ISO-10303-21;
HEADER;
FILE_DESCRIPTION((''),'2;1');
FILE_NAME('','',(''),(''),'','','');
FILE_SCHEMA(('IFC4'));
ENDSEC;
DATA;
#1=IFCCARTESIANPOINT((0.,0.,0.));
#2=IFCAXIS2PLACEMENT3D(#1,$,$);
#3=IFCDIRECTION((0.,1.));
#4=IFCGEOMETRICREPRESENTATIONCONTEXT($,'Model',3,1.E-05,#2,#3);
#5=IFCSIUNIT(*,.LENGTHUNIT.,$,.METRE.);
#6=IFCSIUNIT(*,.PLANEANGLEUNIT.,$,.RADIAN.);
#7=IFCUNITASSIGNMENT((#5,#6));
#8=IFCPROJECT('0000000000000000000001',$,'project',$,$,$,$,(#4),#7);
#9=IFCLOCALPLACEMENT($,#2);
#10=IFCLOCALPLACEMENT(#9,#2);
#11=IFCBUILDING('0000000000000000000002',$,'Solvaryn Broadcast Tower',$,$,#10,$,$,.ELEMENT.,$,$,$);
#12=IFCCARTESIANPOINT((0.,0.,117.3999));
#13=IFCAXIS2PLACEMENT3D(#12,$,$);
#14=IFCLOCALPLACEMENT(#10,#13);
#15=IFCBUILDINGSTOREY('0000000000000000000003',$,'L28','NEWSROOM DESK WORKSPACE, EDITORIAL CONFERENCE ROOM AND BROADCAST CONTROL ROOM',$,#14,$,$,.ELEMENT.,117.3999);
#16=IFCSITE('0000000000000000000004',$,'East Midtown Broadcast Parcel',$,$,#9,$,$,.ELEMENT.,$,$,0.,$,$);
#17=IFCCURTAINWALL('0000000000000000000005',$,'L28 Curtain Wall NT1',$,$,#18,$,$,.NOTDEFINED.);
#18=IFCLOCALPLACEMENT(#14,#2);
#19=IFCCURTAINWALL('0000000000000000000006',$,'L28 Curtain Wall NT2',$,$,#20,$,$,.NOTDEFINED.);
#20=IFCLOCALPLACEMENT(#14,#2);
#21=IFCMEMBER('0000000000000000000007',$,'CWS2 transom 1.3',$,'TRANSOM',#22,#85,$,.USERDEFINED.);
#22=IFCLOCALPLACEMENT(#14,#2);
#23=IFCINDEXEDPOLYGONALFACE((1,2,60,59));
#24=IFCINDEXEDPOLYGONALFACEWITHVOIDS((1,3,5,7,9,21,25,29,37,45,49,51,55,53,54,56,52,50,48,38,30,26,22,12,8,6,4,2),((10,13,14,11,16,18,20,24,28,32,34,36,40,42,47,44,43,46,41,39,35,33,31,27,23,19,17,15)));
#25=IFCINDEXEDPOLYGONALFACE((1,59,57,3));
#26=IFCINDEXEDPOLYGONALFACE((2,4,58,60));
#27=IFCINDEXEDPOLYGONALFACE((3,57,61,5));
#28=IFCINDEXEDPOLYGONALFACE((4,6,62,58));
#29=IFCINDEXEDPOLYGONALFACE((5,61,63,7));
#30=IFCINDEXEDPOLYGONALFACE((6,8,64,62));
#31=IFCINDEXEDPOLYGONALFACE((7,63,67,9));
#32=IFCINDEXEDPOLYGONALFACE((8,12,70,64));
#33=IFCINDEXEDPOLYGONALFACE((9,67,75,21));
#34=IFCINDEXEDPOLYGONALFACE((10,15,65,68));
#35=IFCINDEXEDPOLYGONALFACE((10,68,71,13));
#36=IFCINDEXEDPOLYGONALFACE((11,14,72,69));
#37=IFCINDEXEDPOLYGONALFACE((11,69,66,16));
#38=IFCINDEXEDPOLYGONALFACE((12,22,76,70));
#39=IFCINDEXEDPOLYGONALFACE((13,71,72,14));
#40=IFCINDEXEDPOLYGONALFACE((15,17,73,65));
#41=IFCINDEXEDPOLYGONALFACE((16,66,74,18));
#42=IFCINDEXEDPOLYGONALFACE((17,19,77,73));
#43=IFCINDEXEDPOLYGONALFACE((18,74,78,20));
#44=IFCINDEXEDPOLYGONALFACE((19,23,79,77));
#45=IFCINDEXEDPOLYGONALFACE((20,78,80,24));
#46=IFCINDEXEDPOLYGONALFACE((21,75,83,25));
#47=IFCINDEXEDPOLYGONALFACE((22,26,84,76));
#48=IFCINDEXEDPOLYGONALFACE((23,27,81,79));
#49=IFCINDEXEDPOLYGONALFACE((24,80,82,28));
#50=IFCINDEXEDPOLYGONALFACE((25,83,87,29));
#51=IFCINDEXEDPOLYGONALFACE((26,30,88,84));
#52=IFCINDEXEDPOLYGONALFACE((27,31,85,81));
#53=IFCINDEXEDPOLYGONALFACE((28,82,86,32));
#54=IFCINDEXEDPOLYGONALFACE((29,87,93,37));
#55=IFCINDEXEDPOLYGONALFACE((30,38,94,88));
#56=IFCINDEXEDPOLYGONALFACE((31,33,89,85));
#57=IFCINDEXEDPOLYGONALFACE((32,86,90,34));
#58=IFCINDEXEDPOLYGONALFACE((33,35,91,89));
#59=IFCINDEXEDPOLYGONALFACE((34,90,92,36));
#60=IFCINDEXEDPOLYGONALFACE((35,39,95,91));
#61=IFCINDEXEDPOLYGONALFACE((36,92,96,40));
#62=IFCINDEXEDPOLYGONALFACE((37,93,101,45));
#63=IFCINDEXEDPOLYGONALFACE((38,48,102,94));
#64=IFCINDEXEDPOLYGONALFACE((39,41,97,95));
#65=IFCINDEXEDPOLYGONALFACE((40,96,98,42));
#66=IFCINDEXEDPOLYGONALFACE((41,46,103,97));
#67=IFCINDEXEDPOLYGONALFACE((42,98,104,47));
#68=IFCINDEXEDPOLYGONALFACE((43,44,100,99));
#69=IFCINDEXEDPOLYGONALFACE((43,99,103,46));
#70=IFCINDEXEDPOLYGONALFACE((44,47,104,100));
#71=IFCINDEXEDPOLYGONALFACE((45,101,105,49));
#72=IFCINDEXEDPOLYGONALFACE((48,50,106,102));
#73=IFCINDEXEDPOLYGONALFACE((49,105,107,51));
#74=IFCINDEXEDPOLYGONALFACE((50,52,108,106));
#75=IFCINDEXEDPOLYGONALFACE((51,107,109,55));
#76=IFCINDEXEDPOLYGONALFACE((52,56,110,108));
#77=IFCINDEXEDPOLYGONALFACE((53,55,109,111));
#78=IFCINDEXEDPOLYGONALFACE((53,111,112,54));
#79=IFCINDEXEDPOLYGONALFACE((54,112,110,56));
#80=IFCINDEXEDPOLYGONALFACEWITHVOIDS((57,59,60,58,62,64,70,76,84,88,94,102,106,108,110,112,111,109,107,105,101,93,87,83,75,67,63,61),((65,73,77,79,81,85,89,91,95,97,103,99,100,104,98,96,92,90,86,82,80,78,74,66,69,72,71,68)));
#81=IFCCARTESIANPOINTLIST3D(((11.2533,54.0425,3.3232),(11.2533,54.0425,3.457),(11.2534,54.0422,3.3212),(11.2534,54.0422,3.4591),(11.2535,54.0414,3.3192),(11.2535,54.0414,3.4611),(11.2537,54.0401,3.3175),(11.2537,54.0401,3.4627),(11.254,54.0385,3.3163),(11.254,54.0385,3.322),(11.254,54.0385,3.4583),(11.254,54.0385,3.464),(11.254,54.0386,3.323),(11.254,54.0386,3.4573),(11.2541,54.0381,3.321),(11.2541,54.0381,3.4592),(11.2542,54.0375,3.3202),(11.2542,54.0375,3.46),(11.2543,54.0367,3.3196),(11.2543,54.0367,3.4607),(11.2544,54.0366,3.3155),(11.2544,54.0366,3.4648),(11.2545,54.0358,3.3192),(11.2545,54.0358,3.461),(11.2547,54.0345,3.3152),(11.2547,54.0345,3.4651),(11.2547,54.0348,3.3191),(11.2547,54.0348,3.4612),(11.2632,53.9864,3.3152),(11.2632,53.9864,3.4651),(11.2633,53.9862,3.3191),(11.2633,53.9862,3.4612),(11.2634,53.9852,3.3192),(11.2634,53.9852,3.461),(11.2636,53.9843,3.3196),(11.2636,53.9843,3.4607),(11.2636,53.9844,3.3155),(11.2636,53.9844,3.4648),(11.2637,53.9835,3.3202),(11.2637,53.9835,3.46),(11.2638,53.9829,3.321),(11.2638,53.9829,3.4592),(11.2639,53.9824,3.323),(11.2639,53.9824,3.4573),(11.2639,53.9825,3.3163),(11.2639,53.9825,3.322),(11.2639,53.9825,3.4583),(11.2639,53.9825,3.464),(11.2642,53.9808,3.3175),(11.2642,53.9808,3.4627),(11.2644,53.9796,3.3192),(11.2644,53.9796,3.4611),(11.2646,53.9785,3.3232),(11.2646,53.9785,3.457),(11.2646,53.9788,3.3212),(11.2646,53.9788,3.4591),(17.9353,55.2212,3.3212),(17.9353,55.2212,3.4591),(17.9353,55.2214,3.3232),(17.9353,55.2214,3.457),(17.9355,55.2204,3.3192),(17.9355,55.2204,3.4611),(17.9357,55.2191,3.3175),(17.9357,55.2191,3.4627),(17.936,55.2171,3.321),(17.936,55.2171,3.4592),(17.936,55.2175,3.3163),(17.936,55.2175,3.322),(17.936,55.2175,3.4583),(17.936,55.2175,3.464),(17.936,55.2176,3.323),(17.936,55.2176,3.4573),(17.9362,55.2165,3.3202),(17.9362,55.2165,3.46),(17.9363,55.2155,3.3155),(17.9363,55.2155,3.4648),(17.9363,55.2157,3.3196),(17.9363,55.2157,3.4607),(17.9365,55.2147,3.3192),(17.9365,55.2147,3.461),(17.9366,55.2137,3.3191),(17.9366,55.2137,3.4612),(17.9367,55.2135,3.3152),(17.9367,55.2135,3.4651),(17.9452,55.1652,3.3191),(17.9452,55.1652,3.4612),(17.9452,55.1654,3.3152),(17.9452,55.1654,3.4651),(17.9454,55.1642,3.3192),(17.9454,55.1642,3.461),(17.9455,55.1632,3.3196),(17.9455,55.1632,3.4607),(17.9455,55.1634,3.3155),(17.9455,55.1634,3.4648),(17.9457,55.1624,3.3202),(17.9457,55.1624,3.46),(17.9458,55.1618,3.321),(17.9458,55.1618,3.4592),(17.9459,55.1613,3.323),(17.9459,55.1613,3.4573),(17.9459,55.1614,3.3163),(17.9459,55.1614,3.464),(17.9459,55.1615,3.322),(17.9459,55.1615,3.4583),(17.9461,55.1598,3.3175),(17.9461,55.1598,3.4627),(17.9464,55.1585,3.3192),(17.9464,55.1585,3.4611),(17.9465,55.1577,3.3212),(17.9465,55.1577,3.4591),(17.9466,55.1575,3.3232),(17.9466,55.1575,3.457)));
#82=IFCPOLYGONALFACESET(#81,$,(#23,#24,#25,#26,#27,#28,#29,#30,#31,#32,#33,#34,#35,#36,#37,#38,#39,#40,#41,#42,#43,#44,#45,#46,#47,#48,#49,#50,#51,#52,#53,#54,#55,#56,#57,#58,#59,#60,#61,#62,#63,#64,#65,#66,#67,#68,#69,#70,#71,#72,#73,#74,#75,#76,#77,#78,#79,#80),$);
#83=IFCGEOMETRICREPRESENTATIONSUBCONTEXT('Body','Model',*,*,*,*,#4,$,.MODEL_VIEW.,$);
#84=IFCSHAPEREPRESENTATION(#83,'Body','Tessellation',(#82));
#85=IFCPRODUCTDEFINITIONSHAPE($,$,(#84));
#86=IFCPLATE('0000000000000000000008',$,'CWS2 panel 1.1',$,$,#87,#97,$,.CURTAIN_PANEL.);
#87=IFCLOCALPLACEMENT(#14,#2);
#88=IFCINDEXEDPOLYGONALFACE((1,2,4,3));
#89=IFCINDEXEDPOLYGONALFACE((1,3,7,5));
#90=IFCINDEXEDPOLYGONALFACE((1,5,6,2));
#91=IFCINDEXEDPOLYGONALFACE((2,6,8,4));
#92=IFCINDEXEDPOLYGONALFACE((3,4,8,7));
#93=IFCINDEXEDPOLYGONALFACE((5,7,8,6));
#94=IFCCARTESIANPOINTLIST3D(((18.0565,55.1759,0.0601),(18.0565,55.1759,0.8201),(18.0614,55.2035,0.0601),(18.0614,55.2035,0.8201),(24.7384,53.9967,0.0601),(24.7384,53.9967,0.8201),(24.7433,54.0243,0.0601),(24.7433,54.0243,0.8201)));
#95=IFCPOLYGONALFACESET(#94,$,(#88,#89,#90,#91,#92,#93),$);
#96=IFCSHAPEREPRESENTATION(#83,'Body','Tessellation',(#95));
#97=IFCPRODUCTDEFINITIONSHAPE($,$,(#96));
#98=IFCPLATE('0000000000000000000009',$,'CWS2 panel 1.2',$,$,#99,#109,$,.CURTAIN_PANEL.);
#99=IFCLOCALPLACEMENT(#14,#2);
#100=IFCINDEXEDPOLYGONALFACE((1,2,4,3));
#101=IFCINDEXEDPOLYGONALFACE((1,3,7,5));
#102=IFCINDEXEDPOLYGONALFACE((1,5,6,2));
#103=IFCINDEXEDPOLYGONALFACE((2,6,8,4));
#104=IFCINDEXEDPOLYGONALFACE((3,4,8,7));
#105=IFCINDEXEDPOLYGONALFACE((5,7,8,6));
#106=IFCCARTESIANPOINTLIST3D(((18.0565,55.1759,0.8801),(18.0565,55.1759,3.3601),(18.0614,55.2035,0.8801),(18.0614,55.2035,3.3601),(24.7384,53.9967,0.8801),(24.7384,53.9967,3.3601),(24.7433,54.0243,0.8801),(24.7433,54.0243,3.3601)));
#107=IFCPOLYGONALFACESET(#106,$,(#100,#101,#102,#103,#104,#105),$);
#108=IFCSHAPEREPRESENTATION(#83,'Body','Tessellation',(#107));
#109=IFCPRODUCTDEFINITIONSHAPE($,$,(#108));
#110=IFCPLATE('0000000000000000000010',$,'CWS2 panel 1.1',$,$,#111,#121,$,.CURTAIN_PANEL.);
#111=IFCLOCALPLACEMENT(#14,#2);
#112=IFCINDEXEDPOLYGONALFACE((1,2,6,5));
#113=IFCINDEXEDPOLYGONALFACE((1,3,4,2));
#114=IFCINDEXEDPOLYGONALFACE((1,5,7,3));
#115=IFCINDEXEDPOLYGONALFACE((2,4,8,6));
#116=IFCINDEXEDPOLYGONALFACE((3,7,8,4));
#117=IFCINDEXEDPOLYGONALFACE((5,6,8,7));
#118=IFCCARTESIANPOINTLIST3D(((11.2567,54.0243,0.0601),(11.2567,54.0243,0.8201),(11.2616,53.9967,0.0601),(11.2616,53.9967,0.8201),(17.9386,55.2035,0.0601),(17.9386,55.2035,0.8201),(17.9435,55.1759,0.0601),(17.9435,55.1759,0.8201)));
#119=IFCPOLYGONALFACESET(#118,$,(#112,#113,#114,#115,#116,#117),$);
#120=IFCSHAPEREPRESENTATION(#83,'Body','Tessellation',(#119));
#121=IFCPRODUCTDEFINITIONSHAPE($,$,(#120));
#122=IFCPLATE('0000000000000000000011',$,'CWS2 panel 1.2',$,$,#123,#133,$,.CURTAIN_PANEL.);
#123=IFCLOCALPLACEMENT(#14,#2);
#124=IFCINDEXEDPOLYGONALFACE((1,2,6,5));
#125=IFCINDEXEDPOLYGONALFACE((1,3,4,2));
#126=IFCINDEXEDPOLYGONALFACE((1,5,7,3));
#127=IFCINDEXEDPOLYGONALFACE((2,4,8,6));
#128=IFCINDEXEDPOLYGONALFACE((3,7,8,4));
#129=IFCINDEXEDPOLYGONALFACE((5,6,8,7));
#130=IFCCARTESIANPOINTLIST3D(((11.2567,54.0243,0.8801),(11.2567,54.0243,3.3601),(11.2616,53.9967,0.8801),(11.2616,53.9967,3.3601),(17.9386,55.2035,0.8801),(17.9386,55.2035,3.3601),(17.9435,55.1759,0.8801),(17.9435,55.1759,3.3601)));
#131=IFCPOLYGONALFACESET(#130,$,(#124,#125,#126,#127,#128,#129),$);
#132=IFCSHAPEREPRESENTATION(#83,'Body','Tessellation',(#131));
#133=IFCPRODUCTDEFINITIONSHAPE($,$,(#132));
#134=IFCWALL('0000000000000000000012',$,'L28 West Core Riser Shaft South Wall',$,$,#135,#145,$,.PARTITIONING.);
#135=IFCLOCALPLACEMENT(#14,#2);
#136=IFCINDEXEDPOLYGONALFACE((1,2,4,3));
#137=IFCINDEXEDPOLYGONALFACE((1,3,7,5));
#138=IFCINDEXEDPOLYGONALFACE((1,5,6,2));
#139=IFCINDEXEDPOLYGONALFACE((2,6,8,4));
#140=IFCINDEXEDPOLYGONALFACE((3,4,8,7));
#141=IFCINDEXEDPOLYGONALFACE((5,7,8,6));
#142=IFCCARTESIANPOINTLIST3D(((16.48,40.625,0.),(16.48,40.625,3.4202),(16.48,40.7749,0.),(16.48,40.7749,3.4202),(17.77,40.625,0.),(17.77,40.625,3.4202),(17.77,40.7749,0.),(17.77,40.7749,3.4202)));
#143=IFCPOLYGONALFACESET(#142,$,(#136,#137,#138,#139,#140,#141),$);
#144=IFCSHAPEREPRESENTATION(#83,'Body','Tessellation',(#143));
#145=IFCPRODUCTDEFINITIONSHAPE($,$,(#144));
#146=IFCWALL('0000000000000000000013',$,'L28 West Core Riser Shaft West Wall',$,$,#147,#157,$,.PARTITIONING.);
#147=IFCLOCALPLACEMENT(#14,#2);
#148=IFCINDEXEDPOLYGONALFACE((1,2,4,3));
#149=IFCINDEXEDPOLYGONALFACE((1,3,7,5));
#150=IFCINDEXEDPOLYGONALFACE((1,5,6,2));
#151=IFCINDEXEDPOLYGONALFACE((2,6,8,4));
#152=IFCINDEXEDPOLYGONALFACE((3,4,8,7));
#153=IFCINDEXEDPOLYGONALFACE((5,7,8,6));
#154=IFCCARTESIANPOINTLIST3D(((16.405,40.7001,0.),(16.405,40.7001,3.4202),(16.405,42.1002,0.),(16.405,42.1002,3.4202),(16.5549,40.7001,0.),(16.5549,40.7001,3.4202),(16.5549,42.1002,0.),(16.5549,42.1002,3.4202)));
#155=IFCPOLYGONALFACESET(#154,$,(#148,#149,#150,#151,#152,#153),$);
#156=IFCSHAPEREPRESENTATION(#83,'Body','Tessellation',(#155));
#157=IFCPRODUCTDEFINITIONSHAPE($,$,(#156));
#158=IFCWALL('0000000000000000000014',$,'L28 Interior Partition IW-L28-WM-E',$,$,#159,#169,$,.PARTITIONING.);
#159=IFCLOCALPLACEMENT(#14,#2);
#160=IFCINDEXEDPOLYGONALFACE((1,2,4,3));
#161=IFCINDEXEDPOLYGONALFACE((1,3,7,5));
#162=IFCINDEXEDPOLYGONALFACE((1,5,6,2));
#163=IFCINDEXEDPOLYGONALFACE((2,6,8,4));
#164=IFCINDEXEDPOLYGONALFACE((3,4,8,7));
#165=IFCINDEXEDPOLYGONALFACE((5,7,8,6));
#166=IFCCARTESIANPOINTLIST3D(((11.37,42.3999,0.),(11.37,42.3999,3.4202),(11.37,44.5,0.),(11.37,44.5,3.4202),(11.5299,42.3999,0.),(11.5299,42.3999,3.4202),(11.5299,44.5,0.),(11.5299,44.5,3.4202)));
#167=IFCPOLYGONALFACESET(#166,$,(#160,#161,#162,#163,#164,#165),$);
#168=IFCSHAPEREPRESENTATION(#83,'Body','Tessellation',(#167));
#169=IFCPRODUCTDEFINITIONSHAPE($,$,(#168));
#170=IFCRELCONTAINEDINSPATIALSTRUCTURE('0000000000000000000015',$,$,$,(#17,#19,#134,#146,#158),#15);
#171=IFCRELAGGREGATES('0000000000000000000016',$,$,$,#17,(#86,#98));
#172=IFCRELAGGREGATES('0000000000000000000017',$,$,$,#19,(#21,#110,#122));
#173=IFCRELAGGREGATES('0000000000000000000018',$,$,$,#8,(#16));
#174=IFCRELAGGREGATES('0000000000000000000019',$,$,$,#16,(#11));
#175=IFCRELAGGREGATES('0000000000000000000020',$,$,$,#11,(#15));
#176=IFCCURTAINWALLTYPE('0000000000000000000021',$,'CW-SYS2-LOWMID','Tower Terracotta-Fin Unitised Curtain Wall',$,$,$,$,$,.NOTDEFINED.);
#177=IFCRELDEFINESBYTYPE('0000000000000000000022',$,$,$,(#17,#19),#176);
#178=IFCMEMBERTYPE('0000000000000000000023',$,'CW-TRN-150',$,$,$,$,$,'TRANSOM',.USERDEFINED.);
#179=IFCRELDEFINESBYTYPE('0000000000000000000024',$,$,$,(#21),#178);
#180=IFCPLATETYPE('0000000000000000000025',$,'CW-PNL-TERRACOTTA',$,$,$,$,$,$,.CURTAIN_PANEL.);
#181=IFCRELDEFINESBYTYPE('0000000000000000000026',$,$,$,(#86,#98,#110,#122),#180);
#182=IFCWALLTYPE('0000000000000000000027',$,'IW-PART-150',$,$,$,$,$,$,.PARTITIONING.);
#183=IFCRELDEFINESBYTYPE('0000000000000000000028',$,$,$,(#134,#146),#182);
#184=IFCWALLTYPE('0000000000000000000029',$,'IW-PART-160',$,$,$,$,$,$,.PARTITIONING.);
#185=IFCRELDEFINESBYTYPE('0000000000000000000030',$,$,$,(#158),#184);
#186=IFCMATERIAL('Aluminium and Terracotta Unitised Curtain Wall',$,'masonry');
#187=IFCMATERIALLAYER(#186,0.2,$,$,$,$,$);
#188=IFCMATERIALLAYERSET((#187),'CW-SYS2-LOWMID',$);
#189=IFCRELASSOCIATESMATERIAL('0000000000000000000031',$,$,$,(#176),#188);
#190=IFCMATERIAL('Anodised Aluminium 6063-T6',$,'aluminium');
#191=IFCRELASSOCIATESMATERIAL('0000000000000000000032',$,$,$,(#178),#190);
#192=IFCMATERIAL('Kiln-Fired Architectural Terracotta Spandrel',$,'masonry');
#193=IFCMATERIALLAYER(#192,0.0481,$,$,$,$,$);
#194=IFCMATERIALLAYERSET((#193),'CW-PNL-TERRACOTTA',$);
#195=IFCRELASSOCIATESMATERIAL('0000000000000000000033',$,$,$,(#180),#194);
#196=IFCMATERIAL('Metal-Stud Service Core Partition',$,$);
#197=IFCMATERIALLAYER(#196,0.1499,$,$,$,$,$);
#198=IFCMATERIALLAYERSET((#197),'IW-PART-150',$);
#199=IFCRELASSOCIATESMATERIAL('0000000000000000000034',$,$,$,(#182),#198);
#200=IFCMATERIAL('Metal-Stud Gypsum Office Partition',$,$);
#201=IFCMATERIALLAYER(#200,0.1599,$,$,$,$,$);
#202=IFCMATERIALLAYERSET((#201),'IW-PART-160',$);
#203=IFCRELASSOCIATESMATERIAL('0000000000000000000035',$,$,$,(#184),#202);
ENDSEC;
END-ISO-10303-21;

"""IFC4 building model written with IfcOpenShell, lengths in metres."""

from ifc_helpers import new_model, si_unit, direction, frame, frame_2d, origin, origin_2d, place, context, subcontext, project, spatial, rectangle, hollow_rectangle, extrude, material, layer, layer_set, material_profile, profile_set, type_object, element, aggregate, save


model = new_model("IFC4")

# Units and contexts
model_context = context("Model", 3, precision=1e-05, world=origin(), true_north=direction((0.0, 1.0)))
body_context = subcontext(model_context, "Body", "Model", "MODEL_VIEW")
ifc_project = project(units=[si_unit("LENGTHUNIT", "METRE"), si_unit("PLANEANGLEUNIT", "RADIAN")], contexts=[model_context])

# Site, building, storey
site_placement = place(None, origin())
site = spatial("IfcSite", under=ifc_project, at=site_placement, Name="East Midtown Broadcast Parcel", CompositionType="ELEMENT", RefElevation=0.0)
building_placement = place(site_placement, origin())
building = spatial("IfcBuilding", under=site, at=building_placement, Name="Solvaryn Broadcast Tower", CompositionType="ELEMENT")
storey_placement = place(building_placement, frame((0.0, 0.0, 117.3999)))
storey = spatial("IfcBuildingStorey", under=building, at=storey_placement, Name="L28", Description="NEWSROOM DESK WORKSPACE, EDITORIAL CONFERENCE ROOM AND BROADCAST CONTROL ROOM", CompositionType="ELEMENT", Elevation=117.3999)

# Curtain wall
ifc_material_1 = material(Name="Aluminium and Terracotta Unitised Curtain Wall", Category="masonry")
ifc_layer_1 = layer(ifc_material_1, 0.2)
ifc_layer_set_1 = layer_set([ifc_layer_1], Name="CW-SYS2-LOWMID")
curtain_wall_type = type_object("IfcCurtainWallType", Name="CW-SYS2-LOWMID", Description="Tower Terracotta-Fin Unitised Curtain Wall", PredefinedType="NOTDEFINED", material=ifc_layer_set_1)
curtain_wall_1_placement = place(storey_placement, origin())
curtain_wall_1 = element("IfcCurtainWall", 1, at=curtain_wall_1_placement, inside=storey, type_object=curtain_wall_type, Name="L28 Curtain Wall NT1", PredefinedType="NOTDEFINED")

# Curtain wall, member
curtain_wall_2_placement = place(storey_placement, origin())
curtain_wall_2 = element("IfcCurtainWall", 2, at=curtain_wall_2_placement, inside=storey, type_object=curtain_wall_type, Name="L28 Curtain Wall NT2", PredefinedType="NOTDEFINED")
ifc_material_2 = material(Name="Anodised Aluminium 6063-T6", Category="aluminium")
ifc_material_profile_1 = material_profile(ifc_material_2, hollow_rectangle(XDim=0.0649, YDim=0.1499, WallThickness=0.0039, InnerFilletRadius=0.0039, OuterFilletRadius=0.0081, at=origin_2d()))
ifc_profile_set_1 = profile_set([ifc_material_profile_1], Name="Anodised Aluminium 6063-T6")
member_type_1 = type_object("IfcMemberType", Name="CW-TRN-150", ElementType="TRANSOM", PredefinedType="USERDEFINED", material=ifc_profile_set_1)
member_1_placement = place(storey_placement, frame((17.9409, 55.1895, 3.3901), z_axis=(-0.984789, -0.173757, 0.0), x_axis=(0.173757, -0.984789, 0.0)))
member_1 = element("IfcMember", 3, at=member_1_placement, type_object=member_type_1, Name="CWS2 transom 1.3", ObjectType="TRANSOM", PredefinedType="USERDEFINED", context=body_context, shape_type="SweptSolid", body=[
    extrude(hollow_rectangle(XDim=0.0649, YDim=0.1499, WallThickness=0.0039, InnerFilletRadius=0.0039, OuterFilletRadius=0.0081, at=origin_2d()), origin(), (0.0, 0.0, 1.0), 6.7852),
])

# Plates
ifc_material_3 = material(Name="Kiln-Fired Architectural Terracotta Spandrel", Category="masonry")
ifc_layer_2 = layer(ifc_material_3, 0.0481)
ifc_layer_set_2 = layer_set([ifc_layer_2], Name="CW-PNL-TERRACOTTA")
plate_type = type_object("IfcPlateType", Name="CW-PNL-TERRACOTTA", PredefinedType="CURTAIN_PANEL", material=ifc_layer_set_2)
plate_1_placement = place(storey_placement, frame((21.3999, 54.6001, 0.0601), z_axis=(0.0, 0.0, 1.0), x_axis=(-0.984784, 0.173785, 0.0)))
plate_1 = element("IfcPlate", 4, at=plate_1_placement, type_object=plate_type, Name="CWS2 panel 1.1", PredefinedType="CURTAIN_PANEL", context=body_context, shape_type="SweptSolid", body=[
    extrude(rectangle(XDim=6.7852, YDim=0.0281, at=origin_2d()), origin(), (0.0, 0.0, 1.0), 0.76),
])
plate_2_placement = place(storey_placement, frame((21.3999, 54.6001, 0.8801), z_axis=(0.0, 0.0, 1.0), x_axis=(-0.984784, 0.173785, 0.0)))
plate_2 = element("IfcPlate", 5, at=plate_2_placement, type_object=plate_type, Name="CWS2 panel 1.2", PredefinedType="CURTAIN_PANEL", context=body_context, shape_type="SweptSolid", body=[
    extrude(rectangle(XDim=6.7852, YDim=0.0281, at=origin_2d()), origin(), (0.0, 0.0, 1.0), 2.48),
])
aggregate(curtain_wall_1, [plate_1, plate_2])
plate_3_placement = place(storey_placement, frame((14.6001, 54.6001, 0.0601), z_axis=(0.0, 0.0, 1.0), x_axis=(-0.984784, -0.173785, 0.0)))
plate_3 = element("IfcPlate", 6, at=plate_3_placement, type_object=plate_type, Name="CWS2 panel 1.1", PredefinedType="CURTAIN_PANEL", context=body_context, shape_type="SweptSolid", body=[
    extrude(rectangle(XDim=6.7852, YDim=0.0281, at=origin_2d()), origin(), (0.0, 0.0, 1.0), 0.76),
])
plate_4_placement = place(storey_placement, frame((14.6001, 54.6001, 0.8801), z_axis=(0.0, 0.0, 1.0), x_axis=(-0.984784, -0.173785, 0.0)))
plate_4 = element("IfcPlate", 7, at=plate_4_placement, type_object=plate_type, Name="CWS2 panel 1.2", PredefinedType="CURTAIN_PANEL", context=body_context, shape_type="SweptSolid", body=[
    extrude(rectangle(XDim=6.7852, YDim=0.0281, at=origin_2d()), origin(), (0.0, 0.0, 1.0), 2.48),
])
aggregate(curtain_wall_2, [member_1, plate_3, plate_4])

# Walls
ifc_material_4 = material(Name="Metal-Stud Service Core Partition")
ifc_layer_3 = layer(ifc_material_4, 0.1499)
ifc_layer_set_3 = layer_set([ifc_layer_3], Name="IW-PART-150")
wall_type_1 = type_object("IfcWallType", Name="IW-PART-150", PredefinedType="PARTITIONING", material=ifc_layer_set_3)
wall_1_placement = place(storey_placement, frame((16.48, 40.7, 0.0), z_axis=(0.0, 0.0, 1.0), x_axis=(1.0, 0.0, 0.0)))
element("IfcWall", 8, at=wall_1_placement, inside=storey, type_object=wall_type_1, Name="L28 West Core Riser Shaft South Wall", PredefinedType="PARTITIONING", context=body_context, shape_type="SweptSolid", body=[
    extrude(rectangle(XDim=1.29, YDim=0.1499, at=frame_2d((0.645, 0.0))), origin(), (0.0, 0.0, 1.0), 3.4202),
])
wall_2_placement = place(storey_placement, frame((16.48, 40.7, 0.0), z_axis=(0.0, 0.0, 1.0), x_axis=(0.0, 1.0, 0.0)))
element("IfcWall", 9, at=wall_2_placement, inside=storey, type_object=wall_type_1, Name="L28 West Core Riser Shaft West Wall", PredefinedType="PARTITIONING", context=body_context, shape_type="SweptSolid", body=[
    extrude(rectangle(XDim=1.4001, YDim=0.1499, at=frame_2d((0.7002, 0.0))), origin(), (0.0, 0.0, 1.0), 3.4202),
])
ifc_material_5 = material(Name="Metal-Stud Gypsum Office Partition")
ifc_layer_4 = layer(ifc_material_5, 0.1599)
ifc_layer_set_4 = layer_set([ifc_layer_4], Name="IW-PART-160")
wall_type_2 = type_object("IfcWallType", Name="IW-PART-160", PredefinedType="PARTITIONING", material=ifc_layer_set_4)
wall_3_placement = place(storey_placement, frame((11.45, 42.3999, 0.0), z_axis=(0.0, 0.0, 1.0), x_axis=(0.0, 1.0, 0.0)))
element("IfcWall", 10, at=wall_3_placement, inside=storey, type_object=wall_type_2, Name="L28 Interior Partition IW-L28-WM-E", PredefinedType="PARTITIONING", context=body_context, shape_type="SweptSolid", body=[
    extrude(rectangle(XDim=2.1001, YDim=0.1599, at=frame_2d((1.05, 0.0))), origin(), (0.0, 0.0, 1.0), 3.4202),
])

save(model, "model.ifc")
